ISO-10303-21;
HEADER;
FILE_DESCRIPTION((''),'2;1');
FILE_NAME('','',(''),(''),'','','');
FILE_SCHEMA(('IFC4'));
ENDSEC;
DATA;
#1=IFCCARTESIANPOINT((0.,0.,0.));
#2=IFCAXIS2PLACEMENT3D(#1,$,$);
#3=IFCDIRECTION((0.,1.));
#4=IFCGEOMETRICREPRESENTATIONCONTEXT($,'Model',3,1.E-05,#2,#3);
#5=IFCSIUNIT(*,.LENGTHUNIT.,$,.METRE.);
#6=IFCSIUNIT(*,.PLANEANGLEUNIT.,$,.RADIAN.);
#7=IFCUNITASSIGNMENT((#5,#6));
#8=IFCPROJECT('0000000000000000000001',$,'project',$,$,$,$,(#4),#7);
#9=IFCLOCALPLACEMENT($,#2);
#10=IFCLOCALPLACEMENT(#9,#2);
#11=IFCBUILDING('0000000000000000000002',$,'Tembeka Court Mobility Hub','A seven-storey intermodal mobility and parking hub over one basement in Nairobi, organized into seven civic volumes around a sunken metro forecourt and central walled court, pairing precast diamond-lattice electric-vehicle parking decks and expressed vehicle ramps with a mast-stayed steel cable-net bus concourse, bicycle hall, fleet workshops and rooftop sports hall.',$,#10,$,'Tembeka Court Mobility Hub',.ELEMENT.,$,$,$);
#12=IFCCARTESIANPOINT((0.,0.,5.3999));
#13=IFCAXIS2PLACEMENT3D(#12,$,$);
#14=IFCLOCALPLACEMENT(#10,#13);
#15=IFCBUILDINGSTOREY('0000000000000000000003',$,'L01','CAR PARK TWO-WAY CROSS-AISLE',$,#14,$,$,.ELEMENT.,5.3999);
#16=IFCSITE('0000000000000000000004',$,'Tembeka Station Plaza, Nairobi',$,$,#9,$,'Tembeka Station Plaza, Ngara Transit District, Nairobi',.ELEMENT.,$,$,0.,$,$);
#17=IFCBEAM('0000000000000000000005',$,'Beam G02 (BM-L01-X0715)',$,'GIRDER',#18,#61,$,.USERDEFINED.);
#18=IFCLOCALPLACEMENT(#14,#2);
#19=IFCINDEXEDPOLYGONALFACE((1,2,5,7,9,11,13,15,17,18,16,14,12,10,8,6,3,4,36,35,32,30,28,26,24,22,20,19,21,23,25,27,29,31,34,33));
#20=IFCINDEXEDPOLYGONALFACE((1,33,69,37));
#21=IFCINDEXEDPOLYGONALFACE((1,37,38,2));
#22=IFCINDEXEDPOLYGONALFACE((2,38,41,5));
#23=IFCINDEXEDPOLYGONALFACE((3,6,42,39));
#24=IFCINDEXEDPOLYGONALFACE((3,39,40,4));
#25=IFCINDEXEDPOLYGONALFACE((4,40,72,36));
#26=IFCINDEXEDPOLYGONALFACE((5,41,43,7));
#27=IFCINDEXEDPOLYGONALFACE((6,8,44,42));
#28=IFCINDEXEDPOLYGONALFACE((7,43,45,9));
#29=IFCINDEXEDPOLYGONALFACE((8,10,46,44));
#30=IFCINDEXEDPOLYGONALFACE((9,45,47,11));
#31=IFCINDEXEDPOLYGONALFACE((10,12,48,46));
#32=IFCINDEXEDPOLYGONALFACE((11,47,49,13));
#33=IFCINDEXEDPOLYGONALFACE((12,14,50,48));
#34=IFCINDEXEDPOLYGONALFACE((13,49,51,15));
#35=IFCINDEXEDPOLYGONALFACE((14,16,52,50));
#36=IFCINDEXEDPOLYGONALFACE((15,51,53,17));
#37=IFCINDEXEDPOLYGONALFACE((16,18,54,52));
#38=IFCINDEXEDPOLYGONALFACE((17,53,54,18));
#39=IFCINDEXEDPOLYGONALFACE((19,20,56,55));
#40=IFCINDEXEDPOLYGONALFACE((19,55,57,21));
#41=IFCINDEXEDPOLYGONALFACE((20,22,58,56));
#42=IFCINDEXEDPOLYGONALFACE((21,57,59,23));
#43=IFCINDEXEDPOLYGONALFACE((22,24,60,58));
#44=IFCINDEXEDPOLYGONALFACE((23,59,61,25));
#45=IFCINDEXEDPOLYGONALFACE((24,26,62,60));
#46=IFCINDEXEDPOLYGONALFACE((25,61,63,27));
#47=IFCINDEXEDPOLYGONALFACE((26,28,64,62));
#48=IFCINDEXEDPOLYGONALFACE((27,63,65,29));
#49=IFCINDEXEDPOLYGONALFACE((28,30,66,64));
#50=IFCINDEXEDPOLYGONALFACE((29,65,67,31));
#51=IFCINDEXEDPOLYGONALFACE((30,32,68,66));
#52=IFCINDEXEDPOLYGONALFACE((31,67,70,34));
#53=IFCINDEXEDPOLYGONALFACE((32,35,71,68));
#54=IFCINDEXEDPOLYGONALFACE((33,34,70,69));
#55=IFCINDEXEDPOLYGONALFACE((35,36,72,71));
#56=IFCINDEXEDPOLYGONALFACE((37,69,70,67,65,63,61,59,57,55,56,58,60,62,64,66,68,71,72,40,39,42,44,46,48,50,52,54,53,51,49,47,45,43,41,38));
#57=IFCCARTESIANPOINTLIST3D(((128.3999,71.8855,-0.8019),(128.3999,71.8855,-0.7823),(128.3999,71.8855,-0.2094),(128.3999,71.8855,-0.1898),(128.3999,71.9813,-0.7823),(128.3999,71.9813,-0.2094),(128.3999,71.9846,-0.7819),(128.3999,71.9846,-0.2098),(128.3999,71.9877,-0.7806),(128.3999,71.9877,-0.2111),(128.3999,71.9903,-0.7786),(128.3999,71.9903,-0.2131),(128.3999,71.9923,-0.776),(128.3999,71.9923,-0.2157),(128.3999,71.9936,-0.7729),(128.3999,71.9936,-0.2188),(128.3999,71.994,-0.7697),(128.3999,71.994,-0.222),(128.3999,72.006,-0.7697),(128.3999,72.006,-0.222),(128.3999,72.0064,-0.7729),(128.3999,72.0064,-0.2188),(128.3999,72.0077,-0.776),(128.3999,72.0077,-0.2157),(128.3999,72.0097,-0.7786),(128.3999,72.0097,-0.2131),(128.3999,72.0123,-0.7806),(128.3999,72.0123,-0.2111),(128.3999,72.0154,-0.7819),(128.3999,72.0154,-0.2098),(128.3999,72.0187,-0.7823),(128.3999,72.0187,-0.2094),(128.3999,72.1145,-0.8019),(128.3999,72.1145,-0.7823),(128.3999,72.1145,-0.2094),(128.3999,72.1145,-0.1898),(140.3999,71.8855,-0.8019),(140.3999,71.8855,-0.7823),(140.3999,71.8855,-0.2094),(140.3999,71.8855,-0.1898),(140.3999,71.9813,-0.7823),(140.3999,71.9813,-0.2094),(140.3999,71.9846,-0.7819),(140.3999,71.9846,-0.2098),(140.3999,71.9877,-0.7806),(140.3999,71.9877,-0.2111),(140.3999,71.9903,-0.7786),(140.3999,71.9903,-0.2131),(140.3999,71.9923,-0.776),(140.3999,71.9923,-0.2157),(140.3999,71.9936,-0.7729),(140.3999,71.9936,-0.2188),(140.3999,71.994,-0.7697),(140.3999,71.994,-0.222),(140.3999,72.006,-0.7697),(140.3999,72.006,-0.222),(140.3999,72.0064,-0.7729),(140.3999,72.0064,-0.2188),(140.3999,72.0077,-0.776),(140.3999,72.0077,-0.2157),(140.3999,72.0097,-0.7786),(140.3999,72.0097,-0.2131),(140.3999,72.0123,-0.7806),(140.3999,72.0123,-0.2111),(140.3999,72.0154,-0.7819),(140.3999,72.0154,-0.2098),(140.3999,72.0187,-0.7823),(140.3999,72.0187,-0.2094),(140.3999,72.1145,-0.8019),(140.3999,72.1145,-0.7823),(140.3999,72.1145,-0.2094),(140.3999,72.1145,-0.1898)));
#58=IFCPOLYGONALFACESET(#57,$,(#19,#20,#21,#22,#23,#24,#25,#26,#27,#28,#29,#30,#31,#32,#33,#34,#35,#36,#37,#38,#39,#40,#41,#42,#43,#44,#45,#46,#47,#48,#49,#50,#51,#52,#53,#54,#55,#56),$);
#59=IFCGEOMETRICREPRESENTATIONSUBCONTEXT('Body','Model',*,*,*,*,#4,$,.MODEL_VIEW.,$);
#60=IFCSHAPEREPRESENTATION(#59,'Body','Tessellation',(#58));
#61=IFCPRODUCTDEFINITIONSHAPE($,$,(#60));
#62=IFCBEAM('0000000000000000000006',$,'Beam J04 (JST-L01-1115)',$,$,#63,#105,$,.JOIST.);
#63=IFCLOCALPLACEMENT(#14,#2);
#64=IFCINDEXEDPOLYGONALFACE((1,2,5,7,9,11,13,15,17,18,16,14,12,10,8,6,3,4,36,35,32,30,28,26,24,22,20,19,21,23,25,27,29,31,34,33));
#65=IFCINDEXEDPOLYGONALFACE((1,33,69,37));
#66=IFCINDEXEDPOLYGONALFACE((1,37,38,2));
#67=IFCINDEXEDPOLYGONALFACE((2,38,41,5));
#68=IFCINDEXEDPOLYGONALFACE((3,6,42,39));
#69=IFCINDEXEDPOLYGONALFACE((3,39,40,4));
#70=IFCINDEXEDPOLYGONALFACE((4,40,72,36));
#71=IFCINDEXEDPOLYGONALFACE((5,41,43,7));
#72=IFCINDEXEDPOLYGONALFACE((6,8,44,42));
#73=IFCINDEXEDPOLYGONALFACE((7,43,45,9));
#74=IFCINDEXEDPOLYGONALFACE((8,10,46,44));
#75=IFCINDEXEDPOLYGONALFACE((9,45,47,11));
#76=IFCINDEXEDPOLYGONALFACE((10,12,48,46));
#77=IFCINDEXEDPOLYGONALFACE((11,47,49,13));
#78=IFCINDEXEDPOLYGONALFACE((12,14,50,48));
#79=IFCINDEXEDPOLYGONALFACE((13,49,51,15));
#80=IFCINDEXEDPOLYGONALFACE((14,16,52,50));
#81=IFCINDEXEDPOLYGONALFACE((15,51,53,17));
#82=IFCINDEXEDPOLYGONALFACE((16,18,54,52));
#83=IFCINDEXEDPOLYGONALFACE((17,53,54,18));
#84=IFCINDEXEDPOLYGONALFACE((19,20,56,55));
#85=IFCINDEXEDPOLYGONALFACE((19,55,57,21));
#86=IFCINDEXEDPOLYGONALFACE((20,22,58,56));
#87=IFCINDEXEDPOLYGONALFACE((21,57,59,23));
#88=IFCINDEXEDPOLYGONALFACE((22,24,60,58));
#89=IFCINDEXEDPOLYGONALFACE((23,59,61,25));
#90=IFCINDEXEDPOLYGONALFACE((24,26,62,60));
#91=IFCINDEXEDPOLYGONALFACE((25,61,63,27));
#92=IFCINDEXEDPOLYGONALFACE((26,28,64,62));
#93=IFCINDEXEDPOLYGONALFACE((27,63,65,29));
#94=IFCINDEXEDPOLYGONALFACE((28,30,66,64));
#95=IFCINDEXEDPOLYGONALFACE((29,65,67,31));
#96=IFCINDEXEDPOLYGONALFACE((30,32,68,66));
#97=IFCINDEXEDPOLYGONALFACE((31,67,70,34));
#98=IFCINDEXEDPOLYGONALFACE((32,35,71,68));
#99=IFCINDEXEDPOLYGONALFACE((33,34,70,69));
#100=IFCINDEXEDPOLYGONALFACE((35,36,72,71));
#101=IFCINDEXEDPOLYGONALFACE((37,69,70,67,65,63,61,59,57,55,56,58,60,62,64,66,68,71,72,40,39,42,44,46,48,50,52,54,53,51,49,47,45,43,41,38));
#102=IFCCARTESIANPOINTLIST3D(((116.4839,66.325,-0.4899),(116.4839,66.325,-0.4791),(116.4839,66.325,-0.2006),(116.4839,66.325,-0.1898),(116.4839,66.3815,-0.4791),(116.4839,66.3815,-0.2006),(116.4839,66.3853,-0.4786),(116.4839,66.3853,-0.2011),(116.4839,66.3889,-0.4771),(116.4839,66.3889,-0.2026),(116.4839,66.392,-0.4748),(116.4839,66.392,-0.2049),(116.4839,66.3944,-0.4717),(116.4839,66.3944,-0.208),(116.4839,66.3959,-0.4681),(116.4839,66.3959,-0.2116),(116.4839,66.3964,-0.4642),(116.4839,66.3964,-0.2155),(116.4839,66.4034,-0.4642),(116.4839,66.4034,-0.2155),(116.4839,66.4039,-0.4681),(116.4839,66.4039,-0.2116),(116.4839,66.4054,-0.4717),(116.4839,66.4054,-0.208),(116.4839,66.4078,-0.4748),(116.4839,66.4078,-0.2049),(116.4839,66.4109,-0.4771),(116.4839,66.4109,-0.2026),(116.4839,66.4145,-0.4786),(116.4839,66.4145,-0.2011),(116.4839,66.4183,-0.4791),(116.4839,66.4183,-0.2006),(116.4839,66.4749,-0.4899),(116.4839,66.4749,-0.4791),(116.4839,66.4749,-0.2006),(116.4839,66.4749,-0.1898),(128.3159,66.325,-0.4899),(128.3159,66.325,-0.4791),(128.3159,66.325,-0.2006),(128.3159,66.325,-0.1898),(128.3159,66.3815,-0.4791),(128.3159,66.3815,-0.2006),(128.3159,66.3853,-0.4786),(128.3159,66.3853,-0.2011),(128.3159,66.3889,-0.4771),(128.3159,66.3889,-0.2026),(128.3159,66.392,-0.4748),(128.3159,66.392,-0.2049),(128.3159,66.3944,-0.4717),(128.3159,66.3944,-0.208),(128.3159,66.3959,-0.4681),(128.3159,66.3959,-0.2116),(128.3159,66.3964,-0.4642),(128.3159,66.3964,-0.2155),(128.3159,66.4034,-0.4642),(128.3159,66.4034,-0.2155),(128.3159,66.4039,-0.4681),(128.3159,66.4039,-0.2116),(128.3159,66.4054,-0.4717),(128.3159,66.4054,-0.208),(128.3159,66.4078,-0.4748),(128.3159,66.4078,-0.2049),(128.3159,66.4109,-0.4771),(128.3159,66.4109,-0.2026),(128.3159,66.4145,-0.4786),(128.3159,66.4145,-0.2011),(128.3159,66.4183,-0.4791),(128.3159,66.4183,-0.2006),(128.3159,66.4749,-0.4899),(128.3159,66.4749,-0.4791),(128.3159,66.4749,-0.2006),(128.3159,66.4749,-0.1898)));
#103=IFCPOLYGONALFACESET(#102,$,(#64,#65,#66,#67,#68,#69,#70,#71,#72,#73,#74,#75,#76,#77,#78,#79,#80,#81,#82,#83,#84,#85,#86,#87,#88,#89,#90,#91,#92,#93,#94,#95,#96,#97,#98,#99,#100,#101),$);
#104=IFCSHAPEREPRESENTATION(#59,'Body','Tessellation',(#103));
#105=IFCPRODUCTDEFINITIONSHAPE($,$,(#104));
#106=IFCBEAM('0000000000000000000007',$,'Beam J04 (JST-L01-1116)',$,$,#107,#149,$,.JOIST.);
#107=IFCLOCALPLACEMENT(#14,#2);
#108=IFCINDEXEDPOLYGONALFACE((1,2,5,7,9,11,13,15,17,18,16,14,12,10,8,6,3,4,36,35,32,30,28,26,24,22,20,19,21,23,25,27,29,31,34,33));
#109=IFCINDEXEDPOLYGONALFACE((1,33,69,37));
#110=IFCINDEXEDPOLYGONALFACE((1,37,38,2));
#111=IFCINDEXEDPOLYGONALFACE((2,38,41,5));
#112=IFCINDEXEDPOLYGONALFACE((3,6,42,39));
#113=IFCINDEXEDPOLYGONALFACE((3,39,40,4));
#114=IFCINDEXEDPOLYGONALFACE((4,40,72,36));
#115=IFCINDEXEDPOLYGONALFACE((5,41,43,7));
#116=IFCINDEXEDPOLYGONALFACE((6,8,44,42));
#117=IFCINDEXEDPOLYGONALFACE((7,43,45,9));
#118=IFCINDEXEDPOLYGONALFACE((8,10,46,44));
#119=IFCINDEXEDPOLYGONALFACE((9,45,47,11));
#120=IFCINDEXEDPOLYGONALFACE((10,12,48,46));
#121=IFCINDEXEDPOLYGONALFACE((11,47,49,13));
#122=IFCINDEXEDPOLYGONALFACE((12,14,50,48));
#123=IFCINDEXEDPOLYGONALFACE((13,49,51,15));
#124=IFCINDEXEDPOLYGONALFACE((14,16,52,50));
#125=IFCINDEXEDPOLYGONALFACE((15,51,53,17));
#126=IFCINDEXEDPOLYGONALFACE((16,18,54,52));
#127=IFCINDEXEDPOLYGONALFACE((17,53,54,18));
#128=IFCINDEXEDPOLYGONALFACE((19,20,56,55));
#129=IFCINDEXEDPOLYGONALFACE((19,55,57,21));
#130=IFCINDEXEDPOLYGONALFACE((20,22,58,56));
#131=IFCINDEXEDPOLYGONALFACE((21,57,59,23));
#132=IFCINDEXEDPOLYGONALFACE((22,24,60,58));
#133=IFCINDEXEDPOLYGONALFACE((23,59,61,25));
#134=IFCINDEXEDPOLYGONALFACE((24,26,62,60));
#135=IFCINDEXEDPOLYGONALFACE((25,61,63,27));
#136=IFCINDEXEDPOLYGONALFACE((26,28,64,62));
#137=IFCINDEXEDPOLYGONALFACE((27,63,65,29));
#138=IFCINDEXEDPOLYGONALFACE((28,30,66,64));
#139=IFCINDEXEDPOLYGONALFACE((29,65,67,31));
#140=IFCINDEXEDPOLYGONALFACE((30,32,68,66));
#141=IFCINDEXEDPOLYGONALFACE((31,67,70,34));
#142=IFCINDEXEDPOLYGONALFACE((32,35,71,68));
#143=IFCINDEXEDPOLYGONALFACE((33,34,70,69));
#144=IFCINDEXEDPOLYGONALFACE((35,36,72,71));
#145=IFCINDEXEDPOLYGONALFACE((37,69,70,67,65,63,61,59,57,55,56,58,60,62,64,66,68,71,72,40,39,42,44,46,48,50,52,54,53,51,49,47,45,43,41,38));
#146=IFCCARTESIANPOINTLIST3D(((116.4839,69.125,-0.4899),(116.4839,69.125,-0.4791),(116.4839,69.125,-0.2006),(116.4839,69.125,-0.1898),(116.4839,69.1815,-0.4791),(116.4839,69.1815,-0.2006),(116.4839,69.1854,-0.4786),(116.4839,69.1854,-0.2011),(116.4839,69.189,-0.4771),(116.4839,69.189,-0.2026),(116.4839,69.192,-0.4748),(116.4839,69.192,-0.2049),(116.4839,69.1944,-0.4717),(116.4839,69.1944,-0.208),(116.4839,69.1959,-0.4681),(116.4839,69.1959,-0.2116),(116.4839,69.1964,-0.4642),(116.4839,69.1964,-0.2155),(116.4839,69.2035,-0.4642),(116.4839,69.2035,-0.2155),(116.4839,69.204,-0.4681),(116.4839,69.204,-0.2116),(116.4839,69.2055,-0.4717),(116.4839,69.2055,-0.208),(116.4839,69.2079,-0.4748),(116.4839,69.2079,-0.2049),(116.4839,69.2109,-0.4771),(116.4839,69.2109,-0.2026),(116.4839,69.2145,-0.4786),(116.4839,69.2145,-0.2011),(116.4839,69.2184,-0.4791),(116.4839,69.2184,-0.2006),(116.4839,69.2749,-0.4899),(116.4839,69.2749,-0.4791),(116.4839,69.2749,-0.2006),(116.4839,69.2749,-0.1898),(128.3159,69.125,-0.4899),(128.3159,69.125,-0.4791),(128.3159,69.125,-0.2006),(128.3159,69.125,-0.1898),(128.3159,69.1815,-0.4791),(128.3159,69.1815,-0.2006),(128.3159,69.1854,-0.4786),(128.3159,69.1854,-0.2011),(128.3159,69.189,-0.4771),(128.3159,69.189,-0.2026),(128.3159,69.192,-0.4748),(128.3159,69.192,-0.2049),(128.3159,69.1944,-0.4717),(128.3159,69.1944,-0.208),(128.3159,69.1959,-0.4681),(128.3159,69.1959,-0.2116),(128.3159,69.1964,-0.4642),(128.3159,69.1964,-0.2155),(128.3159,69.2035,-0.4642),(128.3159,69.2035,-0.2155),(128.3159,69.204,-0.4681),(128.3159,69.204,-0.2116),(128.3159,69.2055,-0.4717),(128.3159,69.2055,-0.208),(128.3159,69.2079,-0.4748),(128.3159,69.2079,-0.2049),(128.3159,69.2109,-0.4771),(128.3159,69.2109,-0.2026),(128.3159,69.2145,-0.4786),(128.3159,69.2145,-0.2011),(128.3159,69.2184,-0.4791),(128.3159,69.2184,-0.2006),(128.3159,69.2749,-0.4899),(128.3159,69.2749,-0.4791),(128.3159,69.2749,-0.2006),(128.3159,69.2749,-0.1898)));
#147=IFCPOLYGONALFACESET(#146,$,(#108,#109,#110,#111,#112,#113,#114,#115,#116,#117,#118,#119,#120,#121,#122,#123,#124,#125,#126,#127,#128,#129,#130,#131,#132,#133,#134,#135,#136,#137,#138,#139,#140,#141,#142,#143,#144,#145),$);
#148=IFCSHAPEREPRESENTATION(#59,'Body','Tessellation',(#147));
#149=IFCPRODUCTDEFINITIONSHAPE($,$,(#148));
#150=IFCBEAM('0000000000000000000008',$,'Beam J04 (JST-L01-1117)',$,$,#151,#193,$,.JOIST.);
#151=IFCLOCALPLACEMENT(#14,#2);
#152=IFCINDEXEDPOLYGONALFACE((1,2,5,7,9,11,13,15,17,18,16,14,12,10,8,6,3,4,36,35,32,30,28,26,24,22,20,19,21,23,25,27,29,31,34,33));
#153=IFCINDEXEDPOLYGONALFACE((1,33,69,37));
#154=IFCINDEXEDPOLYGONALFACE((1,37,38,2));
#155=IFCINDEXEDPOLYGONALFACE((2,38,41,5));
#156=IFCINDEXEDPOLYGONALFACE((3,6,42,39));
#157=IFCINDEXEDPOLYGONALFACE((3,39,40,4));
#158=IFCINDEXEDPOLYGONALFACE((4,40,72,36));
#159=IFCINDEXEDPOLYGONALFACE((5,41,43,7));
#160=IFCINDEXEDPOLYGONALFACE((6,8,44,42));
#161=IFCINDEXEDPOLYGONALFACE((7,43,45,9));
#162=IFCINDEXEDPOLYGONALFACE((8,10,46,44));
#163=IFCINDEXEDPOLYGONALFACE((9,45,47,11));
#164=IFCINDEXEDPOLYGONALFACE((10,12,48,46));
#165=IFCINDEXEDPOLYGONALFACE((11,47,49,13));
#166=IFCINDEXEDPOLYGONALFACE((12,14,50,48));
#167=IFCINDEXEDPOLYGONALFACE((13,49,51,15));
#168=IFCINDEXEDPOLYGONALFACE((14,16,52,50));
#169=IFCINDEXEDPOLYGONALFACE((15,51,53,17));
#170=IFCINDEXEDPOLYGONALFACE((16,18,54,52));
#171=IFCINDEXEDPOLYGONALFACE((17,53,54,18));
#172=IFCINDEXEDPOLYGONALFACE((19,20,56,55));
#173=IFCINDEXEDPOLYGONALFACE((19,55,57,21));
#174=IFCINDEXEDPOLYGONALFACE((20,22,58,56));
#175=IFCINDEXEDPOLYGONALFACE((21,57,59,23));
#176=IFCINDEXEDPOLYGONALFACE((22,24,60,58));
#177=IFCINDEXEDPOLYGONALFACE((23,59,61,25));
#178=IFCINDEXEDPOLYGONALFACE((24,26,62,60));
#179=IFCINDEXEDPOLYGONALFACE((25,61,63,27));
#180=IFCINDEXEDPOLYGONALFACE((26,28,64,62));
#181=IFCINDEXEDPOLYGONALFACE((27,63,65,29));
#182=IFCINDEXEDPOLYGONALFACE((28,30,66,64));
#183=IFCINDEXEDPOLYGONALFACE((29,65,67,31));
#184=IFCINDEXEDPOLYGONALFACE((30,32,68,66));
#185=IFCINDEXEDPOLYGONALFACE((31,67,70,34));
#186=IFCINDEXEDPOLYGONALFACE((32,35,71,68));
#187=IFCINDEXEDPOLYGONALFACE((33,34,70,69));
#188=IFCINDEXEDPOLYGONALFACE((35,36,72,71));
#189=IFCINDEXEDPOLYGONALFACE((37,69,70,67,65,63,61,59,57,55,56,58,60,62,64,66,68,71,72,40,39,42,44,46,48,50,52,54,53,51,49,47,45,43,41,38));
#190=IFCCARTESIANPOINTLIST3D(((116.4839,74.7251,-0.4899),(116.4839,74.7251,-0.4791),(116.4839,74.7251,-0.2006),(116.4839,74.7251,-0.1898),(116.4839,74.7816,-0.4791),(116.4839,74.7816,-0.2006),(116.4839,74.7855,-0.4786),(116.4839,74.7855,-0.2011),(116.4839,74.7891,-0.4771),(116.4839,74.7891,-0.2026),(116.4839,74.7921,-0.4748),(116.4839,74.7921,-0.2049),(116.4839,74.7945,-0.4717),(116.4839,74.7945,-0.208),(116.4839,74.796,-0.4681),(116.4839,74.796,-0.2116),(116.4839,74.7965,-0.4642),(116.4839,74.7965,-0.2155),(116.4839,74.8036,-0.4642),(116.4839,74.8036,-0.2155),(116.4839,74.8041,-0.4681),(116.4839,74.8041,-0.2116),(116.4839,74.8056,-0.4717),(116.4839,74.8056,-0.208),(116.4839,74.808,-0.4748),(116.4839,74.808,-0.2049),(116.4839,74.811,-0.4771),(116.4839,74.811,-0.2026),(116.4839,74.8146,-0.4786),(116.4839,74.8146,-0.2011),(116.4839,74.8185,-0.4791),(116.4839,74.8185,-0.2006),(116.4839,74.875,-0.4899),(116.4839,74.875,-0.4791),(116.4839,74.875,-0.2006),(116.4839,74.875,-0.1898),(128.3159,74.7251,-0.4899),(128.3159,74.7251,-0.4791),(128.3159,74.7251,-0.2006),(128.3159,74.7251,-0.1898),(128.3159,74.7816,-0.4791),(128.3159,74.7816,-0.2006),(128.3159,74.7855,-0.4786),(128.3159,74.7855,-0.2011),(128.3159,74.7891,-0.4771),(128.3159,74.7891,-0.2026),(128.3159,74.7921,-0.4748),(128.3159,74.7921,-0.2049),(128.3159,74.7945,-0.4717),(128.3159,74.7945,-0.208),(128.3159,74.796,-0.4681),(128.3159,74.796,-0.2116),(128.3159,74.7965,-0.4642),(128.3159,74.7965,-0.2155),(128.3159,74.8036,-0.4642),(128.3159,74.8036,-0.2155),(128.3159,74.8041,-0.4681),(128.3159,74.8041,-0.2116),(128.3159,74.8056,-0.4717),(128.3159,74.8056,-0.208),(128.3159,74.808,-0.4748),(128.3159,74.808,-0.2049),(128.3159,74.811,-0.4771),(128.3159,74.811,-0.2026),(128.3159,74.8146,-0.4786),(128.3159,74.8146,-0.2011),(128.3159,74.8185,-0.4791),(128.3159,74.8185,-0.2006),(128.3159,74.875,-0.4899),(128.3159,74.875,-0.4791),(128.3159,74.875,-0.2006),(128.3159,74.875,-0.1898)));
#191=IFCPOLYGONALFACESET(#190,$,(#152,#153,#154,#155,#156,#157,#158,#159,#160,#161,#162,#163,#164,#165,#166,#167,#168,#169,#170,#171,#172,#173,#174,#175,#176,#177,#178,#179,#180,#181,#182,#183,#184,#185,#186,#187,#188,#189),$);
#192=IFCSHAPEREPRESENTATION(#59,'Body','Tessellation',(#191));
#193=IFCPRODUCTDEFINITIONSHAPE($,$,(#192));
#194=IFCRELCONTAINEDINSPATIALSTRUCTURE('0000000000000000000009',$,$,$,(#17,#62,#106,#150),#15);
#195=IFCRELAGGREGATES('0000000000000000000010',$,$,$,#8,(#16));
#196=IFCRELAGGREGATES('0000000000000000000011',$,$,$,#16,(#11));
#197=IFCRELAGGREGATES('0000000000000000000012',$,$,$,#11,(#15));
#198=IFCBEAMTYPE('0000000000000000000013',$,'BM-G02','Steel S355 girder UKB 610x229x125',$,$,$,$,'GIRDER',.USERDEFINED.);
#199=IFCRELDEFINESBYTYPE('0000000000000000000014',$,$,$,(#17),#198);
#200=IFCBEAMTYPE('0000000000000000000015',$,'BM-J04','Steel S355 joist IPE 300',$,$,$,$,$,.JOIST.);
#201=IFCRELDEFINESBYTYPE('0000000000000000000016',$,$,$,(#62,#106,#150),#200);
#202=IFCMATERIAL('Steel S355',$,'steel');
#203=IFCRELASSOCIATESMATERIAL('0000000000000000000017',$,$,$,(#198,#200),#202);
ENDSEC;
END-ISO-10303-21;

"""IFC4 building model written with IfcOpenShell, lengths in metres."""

from ifc_helpers import new_model, si_unit, direction, frame, origin, origin_2d, place, context, subcontext, project, spatial, i_section, extrude, material, material_profile, profile_set, type_object, element, save


model = new_model("IFC4")

# Units and contexts
model_context = context("Model", 3, precision=1e-05, world=origin(), true_north=direction((0.0, 1.0)))
body_context = subcontext(model_context, "Body", "Model", "MODEL_VIEW")
ifc_project = project(units=[si_unit("LENGTHUNIT", "METRE"), si_unit("PLANEANGLEUNIT", "RADIAN")], contexts=[model_context])

# Site, building, storey
site_placement = place(None, origin())
site = spatial("IfcSite", under=ifc_project, at=site_placement, Name="Tembeka Station Plaza, Nairobi", LongName="Tembeka Station Plaza, Ngara Transit District, Nairobi", CompositionType="ELEMENT", RefElevation=0.0)
building_placement = place(site_placement, origin())
building = spatial("IfcBuilding", under=site, at=building_placement, Name="Tembeka Court Mobility Hub", Description="A seven-storey intermodal mobility and parking hub over one basement in Nairobi, organized into seven civic volumes around a sunken metro forecourt and central walled court, pairing precast diamond-lattice electric-vehicle parking decks and expressed vehicle ramps with a mast-stayed steel cable-net bus concourse, bicycle hall, fleet workshops and rooftop sports hall.", LongName="Tembeka Court Mobility Hub", CompositionType="ELEMENT")
storey_placement = place(building_placement, frame((0.0, 0.0, 5.3999)))
storey = spatial("IfcBuildingStorey", under=building, at=storey_placement, Name="L01", Description="CAR PARK TWO-WAY CROSS-AISLE", CompositionType="ELEMENT", Elevation=5.3999)

# Shared definitions
ifc_material_1 = material(Name="Steel S355", Category="steel")

# Beams
ifc_material_profile_1 = material_profile(ifc_material_1, i_section(OverallWidth=0.229, OverallDepth=0.6121, WebThickness=0.012, FlangeThickness=0.0195, FilletRadius=0.0127, at=origin_2d()), Name="UKB 610x229x125")
ifc_profile_set_1 = profile_set([ifc_material_profile_1], Name="Steel S355")
beam_type_1 = type_object("IfcBeamType", Name="BM-G02", Description="Steel S355 girder UKB 610x229x125", ElementType="GIRDER", PredefinedType="USERDEFINED", material=ifc_profile_set_1)
beam_1_placement = place(storey_placement, frame((128.3999, 72.0, -0.4958), z_axis=(1.0, 0.0, 0.0), x_axis=(0.0, 1.0, 0.0)))
element("IfcBeam", 1, at=beam_1_placement, inside=storey, type_object=beam_type_1, Name="Beam G02 (BM-L01-X0715)", ObjectType="GIRDER", PredefinedType="USERDEFINED", context=body_context, shape_type="SweptSolid", body=[
    extrude(i_section(OverallWidth=0.229, OverallDepth=0.6121, WebThickness=0.012, FlangeThickness=0.0195, FilletRadius=0.0127, at=origin_2d()), origin(), (0.0, 0.0, 1.0), 12.0),
])
ifc_material_profile_2 = material_profile(ifc_material_1, i_section(OverallWidth=0.1499, OverallDepth=0.3, WebThickness=0.0071, FlangeThickness=0.0107, FilletRadius=0.0149, at=origin_2d()), Name="IPE 300")
ifc_profile_set_2 = profile_set([ifc_material_profile_2], Name="Steel S355")
beam_type_2 = type_object("IfcBeamType", Name="BM-J04", Description="Steel S355 joist IPE 300", PredefinedType="JOIST", material=ifc_profile_set_2)
for number, where, z_axis, x_axis, name in (
    (2, (116.4839, 66.3999, -0.3398), (1.0, 0.0, 0.0), (0.0, 1.0, 0.0), "Beam J04 (JST-L01-1115)"),
    (3, (116.4839, 69.2, -0.3398), (1.0, 0.0, 0.0), (0.0, 1.0, 0.0), "Beam J04 (JST-L01-1116)"),
    (4, (116.4839, 74.8, -0.3398), (1.0, 0.0, 0.0), (0.0, 1.0, 0.0), "Beam J04 (JST-L01-1117)"),
):
    element("IfcBeam", number, at=place(storey_placement, frame(where, z_axis=z_axis, x_axis=x_axis)), inside=storey, type_object=beam_type_2, Name=name, PredefinedType="JOIST", context=body_context, shape_type="SweptSolid", body=[
        extrude(i_section(OverallWidth=0.1499, OverallDepth=0.3, WebThickness=0.0071, FlangeThickness=0.0107, FilletRadius=0.0149, at=origin_2d()), origin(), (0.0, 0.0, 1.0), 11.832),
    ])

save(model, "model.ifc")
